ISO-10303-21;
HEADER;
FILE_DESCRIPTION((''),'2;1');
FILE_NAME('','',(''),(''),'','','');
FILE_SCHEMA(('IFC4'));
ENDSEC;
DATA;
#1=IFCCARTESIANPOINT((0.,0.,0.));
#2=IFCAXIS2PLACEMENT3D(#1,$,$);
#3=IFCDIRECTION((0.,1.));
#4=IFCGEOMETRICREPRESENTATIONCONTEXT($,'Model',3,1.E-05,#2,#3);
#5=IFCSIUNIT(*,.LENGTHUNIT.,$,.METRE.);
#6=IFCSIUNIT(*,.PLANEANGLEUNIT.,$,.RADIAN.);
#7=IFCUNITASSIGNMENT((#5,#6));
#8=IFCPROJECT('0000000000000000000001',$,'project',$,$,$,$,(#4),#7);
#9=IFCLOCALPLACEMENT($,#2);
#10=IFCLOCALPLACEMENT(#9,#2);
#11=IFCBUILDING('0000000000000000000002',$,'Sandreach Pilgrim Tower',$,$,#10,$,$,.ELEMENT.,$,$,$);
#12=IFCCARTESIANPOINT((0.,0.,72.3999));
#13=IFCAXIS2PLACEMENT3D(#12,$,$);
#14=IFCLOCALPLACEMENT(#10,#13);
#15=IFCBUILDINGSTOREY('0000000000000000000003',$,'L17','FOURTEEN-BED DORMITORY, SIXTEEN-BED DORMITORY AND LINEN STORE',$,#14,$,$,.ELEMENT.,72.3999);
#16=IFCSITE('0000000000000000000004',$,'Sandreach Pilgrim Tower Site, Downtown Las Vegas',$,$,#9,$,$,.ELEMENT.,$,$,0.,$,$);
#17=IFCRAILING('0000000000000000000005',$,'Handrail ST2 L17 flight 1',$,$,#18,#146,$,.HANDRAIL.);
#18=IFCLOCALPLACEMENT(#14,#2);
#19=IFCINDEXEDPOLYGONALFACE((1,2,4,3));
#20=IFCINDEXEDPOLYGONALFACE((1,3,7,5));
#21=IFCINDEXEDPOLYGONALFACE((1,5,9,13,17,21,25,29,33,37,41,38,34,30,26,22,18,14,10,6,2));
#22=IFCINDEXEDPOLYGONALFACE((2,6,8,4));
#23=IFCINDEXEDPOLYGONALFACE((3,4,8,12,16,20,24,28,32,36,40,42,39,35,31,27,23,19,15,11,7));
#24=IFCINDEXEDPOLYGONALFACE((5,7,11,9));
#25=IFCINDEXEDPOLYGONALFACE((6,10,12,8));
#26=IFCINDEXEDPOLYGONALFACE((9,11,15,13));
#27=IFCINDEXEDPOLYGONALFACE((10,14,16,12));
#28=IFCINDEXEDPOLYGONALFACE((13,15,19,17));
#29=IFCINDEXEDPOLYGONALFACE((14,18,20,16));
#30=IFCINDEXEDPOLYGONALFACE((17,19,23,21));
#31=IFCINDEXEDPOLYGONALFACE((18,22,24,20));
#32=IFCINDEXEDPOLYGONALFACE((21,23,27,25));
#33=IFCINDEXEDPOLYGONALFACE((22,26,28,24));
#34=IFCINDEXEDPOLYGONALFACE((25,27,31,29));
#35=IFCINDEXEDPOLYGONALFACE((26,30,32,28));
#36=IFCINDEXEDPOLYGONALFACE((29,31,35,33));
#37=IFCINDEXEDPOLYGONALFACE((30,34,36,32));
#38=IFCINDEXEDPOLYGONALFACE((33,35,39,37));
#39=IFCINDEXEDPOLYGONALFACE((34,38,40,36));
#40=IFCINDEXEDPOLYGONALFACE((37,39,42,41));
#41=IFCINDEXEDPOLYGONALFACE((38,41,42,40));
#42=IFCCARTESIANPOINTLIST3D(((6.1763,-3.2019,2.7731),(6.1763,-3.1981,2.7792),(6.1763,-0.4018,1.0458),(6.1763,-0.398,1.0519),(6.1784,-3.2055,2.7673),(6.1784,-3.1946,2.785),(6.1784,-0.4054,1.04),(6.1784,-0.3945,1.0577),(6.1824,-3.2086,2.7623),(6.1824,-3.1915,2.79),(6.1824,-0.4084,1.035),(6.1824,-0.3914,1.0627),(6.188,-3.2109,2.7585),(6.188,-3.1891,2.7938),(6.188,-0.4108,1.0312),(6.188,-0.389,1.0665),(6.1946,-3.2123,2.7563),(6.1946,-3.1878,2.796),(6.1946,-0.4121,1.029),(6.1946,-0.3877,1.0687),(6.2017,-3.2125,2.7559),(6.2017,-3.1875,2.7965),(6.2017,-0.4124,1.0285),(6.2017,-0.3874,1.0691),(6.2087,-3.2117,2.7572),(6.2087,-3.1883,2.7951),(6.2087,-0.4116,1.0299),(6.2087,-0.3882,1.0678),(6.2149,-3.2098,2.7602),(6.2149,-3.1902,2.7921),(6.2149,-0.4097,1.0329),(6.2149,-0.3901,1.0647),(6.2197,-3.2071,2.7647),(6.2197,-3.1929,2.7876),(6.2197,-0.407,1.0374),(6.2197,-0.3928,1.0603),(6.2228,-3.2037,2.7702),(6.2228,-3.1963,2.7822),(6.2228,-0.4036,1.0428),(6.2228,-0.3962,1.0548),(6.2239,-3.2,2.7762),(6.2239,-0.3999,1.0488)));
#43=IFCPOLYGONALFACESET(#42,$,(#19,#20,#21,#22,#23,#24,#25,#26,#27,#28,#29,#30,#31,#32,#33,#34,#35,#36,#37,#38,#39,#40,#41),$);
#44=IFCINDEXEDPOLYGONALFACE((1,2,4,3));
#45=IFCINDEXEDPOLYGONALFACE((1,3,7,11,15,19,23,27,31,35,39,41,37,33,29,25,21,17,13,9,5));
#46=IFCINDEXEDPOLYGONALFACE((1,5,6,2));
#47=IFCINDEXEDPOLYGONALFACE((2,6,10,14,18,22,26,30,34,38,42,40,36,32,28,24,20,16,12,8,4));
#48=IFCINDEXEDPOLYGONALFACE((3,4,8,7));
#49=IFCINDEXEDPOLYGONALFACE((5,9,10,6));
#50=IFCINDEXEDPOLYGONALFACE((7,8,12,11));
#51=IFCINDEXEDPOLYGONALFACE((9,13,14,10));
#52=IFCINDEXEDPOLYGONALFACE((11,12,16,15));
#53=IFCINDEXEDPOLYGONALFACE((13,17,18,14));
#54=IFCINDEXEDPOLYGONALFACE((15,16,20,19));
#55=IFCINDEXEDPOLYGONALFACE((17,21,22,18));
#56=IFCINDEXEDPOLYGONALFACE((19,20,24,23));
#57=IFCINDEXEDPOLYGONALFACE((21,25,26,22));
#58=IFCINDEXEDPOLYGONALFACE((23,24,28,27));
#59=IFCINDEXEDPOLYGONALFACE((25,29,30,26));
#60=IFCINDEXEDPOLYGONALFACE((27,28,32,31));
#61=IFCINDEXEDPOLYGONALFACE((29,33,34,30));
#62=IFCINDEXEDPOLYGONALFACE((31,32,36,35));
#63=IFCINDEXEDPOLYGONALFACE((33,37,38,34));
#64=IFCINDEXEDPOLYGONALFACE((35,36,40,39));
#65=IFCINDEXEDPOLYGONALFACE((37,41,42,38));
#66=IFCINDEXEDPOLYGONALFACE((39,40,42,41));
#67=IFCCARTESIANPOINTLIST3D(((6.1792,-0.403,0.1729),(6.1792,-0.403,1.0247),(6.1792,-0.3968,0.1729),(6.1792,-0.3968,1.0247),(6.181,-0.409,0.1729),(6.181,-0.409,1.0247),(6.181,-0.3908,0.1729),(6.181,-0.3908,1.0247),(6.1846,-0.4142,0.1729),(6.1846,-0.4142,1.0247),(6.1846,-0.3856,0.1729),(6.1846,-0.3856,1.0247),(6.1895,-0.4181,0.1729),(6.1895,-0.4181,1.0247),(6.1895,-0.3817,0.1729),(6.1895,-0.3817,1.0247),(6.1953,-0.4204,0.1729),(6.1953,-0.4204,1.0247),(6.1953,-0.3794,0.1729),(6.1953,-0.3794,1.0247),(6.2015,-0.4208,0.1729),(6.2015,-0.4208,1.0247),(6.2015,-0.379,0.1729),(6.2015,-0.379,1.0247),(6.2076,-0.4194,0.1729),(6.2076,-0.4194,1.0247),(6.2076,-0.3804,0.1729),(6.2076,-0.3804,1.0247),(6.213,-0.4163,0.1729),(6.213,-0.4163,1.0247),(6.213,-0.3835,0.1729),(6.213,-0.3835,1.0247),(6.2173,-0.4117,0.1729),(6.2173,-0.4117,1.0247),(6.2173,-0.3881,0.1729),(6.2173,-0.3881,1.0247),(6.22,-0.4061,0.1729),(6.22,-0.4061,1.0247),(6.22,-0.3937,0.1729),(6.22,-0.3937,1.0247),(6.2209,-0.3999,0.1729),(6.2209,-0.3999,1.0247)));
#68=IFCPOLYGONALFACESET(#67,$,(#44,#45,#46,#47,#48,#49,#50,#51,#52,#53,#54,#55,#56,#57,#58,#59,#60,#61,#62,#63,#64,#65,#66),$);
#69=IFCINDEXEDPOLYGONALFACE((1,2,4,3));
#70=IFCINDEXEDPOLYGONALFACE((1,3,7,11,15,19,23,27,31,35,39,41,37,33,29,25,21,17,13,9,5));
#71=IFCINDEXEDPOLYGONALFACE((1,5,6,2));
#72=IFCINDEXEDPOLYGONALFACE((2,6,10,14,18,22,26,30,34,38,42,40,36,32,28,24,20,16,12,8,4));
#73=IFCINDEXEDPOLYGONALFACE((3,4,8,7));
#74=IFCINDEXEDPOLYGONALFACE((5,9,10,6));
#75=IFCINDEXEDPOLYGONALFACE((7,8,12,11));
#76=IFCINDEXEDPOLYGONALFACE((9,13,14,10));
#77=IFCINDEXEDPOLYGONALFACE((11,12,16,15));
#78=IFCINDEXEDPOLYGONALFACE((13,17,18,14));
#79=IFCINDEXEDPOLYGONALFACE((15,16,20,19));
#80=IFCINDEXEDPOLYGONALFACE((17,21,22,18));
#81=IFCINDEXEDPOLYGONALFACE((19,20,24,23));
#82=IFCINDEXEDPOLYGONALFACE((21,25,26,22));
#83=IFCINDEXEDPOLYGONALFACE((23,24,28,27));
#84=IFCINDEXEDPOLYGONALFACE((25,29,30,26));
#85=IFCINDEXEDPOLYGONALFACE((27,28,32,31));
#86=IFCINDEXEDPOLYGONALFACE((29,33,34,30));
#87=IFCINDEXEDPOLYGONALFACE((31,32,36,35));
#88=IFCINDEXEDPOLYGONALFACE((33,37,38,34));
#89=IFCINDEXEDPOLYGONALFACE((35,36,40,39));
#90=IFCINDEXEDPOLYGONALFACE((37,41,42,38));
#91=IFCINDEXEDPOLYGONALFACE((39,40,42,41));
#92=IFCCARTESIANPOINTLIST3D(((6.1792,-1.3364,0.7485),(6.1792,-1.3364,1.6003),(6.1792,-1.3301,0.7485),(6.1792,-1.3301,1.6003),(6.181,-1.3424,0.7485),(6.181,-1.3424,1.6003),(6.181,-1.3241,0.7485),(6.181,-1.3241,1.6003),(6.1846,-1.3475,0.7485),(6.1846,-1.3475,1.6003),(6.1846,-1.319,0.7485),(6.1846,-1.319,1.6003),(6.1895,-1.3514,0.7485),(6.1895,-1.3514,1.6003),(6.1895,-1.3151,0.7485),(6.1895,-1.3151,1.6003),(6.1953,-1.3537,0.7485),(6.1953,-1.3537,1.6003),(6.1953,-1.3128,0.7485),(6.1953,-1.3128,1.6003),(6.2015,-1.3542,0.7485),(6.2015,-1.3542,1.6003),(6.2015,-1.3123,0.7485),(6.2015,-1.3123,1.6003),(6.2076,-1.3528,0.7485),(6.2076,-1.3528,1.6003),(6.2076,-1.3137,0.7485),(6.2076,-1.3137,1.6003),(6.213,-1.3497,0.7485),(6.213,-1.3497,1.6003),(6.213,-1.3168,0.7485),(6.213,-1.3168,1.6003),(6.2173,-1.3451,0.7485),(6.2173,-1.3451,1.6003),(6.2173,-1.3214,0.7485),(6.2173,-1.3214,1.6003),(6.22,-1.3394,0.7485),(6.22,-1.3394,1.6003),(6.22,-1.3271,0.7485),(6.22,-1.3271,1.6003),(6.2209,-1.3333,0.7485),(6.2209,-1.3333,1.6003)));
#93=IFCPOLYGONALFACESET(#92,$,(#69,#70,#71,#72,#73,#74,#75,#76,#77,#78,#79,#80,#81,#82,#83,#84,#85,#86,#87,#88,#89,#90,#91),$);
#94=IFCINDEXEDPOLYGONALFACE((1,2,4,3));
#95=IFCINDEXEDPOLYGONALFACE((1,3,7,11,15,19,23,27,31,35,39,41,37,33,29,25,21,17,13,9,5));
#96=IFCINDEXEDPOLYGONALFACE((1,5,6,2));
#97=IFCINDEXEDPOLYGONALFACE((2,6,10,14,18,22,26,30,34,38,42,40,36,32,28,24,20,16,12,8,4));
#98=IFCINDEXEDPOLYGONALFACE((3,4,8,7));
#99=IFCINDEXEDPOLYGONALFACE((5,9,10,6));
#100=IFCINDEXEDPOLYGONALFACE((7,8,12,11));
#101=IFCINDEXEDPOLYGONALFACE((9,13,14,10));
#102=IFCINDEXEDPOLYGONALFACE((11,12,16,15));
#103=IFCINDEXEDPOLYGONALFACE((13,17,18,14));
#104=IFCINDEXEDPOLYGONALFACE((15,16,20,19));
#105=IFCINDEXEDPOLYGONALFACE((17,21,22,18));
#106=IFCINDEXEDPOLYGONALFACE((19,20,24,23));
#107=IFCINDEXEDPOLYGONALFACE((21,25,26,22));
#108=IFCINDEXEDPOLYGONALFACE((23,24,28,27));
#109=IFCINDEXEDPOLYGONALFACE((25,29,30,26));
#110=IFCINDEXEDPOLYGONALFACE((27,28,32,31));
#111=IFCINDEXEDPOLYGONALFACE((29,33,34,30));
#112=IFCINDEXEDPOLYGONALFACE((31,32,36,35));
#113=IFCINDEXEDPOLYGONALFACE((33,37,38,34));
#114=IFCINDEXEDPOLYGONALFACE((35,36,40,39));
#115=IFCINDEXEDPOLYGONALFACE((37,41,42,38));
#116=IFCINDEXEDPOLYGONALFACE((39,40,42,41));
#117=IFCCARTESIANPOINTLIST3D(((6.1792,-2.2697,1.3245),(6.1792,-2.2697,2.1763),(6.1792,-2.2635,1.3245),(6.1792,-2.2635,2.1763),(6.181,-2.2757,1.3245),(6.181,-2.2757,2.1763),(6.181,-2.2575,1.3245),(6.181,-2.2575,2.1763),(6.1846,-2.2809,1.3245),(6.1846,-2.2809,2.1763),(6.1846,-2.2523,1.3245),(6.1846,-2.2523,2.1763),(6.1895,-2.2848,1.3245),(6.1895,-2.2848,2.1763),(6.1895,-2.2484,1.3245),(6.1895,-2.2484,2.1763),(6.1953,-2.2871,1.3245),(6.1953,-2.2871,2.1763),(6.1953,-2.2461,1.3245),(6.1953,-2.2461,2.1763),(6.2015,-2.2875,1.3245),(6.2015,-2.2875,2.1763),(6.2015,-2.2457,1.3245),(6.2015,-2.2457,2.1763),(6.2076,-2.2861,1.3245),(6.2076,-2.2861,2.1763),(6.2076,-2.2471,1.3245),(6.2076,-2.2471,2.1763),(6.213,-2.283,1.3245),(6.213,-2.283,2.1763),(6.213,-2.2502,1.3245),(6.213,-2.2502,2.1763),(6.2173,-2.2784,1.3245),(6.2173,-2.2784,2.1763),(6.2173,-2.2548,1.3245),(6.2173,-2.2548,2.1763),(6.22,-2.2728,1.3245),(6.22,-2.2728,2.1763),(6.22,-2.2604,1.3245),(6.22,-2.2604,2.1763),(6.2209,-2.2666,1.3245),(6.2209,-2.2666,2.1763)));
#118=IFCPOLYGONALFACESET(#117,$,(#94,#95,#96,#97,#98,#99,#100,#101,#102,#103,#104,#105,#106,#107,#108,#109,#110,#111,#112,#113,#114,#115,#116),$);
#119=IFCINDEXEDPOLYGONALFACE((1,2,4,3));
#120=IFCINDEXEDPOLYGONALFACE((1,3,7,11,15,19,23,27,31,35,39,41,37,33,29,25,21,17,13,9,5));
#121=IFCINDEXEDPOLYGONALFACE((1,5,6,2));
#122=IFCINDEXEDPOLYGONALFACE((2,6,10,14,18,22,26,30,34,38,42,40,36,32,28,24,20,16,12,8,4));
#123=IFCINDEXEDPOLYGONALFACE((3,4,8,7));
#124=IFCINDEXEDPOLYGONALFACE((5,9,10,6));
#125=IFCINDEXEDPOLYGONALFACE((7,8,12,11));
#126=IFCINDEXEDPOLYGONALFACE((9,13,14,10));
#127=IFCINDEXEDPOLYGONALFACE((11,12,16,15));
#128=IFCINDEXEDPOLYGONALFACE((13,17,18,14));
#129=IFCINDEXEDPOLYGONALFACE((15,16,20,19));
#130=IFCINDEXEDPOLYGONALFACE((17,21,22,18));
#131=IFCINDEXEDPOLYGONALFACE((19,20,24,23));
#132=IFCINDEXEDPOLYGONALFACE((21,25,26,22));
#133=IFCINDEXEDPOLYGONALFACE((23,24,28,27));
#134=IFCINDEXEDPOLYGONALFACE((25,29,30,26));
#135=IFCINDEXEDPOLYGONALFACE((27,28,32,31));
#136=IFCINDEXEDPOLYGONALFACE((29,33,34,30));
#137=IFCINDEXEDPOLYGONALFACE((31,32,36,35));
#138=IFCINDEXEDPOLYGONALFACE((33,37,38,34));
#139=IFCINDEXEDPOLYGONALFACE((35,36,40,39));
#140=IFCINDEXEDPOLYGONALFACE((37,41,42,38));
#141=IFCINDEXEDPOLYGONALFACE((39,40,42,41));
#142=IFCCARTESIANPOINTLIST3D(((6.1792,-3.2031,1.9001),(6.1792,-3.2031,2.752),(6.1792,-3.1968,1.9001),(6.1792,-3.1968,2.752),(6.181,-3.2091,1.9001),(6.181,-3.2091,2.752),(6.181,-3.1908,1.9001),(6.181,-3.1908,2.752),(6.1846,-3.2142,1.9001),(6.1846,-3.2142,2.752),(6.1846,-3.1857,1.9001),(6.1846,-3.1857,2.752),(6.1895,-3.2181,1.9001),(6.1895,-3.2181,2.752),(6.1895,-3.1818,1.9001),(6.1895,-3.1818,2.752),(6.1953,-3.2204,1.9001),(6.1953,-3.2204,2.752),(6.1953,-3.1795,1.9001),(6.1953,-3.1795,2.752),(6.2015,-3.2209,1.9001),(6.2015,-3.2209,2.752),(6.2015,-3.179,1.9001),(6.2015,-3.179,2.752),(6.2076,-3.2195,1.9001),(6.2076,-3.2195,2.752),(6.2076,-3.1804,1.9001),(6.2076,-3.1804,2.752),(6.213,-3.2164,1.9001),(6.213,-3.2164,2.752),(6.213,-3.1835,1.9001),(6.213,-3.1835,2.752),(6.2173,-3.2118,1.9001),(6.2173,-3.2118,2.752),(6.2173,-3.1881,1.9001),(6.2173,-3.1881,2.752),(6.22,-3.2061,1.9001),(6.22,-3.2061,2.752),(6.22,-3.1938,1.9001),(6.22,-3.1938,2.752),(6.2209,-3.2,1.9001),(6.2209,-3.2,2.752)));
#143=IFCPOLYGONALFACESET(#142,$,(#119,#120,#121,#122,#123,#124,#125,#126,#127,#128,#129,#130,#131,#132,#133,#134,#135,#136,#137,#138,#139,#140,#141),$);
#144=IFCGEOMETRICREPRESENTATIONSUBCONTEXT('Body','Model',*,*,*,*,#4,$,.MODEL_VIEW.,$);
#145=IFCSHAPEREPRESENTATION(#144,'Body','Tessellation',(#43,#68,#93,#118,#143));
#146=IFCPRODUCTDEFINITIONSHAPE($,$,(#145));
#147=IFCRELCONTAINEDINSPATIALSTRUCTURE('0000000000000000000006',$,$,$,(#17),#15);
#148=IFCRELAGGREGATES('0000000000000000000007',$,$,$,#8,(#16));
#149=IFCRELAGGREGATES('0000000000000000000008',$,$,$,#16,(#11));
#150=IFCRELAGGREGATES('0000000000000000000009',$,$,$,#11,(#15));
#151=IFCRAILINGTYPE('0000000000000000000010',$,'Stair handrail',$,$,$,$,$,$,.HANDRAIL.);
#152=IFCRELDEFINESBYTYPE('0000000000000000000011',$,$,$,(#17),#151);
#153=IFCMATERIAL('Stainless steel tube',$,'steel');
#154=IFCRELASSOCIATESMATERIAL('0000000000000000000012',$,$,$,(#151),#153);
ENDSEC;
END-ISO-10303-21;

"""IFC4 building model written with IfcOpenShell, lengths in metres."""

from ifc_helpers import new_model, si_unit, direction, frame, origin, origin_2d, place, context, subcontext, project, spatial, circle, extrude, material, type_object, element, save


model = new_model("IFC4")

# Units and contexts
model_context = context("Model", 3, precision=1e-05, world=origin(), true_north=direction((0.0, 1.0)))
body_context = subcontext(model_context, "Body", "Model", "MODEL_VIEW")
ifc_project = project(units=[si_unit("LENGTHUNIT", "METRE"), si_unit("PLANEANGLEUNIT", "RADIAN")], contexts=[model_context])

# Site, building, storey
site_placement = place(None, origin())
site = spatial("IfcSite", under=ifc_project, at=site_placement, Name="Sandreach Pilgrim Tower Site, Downtown Las Vegas", CompositionType="ELEMENT", RefElevation=0.0)
building_placement = place(site_placement, origin())
building = spatial("IfcBuilding", under=site, at=building_placement, Name="Sandreach Pilgrim Tower", CompositionType="ELEMENT")
storey_placement = place(building_placement, frame((0.0, 0.0, 72.3999)))
storey = spatial("IfcBuildingStorey", under=building, at=storey_placement, Name="L17", Description="FOURTEEN-BED DORMITORY, SIXTEEN-BED DORMITORY AND LINEN STORE", CompositionType="ELEMENT", Elevation=72.3999)

# Railing
ifc_material_1 = material(Name="Stainless steel tube", Category="steel")
railing_type = type_object("IfcRailingType", Name="Stair handrail", PredefinedType="HANDRAIL", material=ifc_material_1)
railing_placement = place(storey_placement, frame((6.2, -0.3999, 0.1729)))
element("IfcRailing", 1, at=railing_placement, inside=storey, type_object=railing_type, Name="Handrail ST2 L17 flight 1", PredefinedType="HANDRAIL", context=body_context, shape_type="SweptSolid", body=[
    extrude(circle(Radius=0.0239, at=origin_2d()), frame((0.0, 0.0, 0.876), z_axis=(0.0, -0.85109, 0.52502), x_axis=(1.0, 0.0, 0.0)), (0.0, 0.0, 1.0), 3.29),
    extrude(circle(Radius=0.021, at=origin_2d()), origin(), (0.0, 0.0, 1.0), 0.8518),
    extrude(circle(Radius=0.021, at=origin_2d()), frame((0.0, -0.9333, 0.5757)), (0.0, 0.0, 1.0), 0.8518),
    extrude(circle(Radius=0.021, at=origin_2d()), frame((0.0, -1.8667, 1.1516)), (0.0, 0.0, 1.0), 0.8518),
    extrude(circle(Radius=0.021, at=origin_2d()), frame((0.0, -2.8, 1.7273)), (0.0, 0.0, 1.0), 0.8518),
])

save(model, "model.ifc")
